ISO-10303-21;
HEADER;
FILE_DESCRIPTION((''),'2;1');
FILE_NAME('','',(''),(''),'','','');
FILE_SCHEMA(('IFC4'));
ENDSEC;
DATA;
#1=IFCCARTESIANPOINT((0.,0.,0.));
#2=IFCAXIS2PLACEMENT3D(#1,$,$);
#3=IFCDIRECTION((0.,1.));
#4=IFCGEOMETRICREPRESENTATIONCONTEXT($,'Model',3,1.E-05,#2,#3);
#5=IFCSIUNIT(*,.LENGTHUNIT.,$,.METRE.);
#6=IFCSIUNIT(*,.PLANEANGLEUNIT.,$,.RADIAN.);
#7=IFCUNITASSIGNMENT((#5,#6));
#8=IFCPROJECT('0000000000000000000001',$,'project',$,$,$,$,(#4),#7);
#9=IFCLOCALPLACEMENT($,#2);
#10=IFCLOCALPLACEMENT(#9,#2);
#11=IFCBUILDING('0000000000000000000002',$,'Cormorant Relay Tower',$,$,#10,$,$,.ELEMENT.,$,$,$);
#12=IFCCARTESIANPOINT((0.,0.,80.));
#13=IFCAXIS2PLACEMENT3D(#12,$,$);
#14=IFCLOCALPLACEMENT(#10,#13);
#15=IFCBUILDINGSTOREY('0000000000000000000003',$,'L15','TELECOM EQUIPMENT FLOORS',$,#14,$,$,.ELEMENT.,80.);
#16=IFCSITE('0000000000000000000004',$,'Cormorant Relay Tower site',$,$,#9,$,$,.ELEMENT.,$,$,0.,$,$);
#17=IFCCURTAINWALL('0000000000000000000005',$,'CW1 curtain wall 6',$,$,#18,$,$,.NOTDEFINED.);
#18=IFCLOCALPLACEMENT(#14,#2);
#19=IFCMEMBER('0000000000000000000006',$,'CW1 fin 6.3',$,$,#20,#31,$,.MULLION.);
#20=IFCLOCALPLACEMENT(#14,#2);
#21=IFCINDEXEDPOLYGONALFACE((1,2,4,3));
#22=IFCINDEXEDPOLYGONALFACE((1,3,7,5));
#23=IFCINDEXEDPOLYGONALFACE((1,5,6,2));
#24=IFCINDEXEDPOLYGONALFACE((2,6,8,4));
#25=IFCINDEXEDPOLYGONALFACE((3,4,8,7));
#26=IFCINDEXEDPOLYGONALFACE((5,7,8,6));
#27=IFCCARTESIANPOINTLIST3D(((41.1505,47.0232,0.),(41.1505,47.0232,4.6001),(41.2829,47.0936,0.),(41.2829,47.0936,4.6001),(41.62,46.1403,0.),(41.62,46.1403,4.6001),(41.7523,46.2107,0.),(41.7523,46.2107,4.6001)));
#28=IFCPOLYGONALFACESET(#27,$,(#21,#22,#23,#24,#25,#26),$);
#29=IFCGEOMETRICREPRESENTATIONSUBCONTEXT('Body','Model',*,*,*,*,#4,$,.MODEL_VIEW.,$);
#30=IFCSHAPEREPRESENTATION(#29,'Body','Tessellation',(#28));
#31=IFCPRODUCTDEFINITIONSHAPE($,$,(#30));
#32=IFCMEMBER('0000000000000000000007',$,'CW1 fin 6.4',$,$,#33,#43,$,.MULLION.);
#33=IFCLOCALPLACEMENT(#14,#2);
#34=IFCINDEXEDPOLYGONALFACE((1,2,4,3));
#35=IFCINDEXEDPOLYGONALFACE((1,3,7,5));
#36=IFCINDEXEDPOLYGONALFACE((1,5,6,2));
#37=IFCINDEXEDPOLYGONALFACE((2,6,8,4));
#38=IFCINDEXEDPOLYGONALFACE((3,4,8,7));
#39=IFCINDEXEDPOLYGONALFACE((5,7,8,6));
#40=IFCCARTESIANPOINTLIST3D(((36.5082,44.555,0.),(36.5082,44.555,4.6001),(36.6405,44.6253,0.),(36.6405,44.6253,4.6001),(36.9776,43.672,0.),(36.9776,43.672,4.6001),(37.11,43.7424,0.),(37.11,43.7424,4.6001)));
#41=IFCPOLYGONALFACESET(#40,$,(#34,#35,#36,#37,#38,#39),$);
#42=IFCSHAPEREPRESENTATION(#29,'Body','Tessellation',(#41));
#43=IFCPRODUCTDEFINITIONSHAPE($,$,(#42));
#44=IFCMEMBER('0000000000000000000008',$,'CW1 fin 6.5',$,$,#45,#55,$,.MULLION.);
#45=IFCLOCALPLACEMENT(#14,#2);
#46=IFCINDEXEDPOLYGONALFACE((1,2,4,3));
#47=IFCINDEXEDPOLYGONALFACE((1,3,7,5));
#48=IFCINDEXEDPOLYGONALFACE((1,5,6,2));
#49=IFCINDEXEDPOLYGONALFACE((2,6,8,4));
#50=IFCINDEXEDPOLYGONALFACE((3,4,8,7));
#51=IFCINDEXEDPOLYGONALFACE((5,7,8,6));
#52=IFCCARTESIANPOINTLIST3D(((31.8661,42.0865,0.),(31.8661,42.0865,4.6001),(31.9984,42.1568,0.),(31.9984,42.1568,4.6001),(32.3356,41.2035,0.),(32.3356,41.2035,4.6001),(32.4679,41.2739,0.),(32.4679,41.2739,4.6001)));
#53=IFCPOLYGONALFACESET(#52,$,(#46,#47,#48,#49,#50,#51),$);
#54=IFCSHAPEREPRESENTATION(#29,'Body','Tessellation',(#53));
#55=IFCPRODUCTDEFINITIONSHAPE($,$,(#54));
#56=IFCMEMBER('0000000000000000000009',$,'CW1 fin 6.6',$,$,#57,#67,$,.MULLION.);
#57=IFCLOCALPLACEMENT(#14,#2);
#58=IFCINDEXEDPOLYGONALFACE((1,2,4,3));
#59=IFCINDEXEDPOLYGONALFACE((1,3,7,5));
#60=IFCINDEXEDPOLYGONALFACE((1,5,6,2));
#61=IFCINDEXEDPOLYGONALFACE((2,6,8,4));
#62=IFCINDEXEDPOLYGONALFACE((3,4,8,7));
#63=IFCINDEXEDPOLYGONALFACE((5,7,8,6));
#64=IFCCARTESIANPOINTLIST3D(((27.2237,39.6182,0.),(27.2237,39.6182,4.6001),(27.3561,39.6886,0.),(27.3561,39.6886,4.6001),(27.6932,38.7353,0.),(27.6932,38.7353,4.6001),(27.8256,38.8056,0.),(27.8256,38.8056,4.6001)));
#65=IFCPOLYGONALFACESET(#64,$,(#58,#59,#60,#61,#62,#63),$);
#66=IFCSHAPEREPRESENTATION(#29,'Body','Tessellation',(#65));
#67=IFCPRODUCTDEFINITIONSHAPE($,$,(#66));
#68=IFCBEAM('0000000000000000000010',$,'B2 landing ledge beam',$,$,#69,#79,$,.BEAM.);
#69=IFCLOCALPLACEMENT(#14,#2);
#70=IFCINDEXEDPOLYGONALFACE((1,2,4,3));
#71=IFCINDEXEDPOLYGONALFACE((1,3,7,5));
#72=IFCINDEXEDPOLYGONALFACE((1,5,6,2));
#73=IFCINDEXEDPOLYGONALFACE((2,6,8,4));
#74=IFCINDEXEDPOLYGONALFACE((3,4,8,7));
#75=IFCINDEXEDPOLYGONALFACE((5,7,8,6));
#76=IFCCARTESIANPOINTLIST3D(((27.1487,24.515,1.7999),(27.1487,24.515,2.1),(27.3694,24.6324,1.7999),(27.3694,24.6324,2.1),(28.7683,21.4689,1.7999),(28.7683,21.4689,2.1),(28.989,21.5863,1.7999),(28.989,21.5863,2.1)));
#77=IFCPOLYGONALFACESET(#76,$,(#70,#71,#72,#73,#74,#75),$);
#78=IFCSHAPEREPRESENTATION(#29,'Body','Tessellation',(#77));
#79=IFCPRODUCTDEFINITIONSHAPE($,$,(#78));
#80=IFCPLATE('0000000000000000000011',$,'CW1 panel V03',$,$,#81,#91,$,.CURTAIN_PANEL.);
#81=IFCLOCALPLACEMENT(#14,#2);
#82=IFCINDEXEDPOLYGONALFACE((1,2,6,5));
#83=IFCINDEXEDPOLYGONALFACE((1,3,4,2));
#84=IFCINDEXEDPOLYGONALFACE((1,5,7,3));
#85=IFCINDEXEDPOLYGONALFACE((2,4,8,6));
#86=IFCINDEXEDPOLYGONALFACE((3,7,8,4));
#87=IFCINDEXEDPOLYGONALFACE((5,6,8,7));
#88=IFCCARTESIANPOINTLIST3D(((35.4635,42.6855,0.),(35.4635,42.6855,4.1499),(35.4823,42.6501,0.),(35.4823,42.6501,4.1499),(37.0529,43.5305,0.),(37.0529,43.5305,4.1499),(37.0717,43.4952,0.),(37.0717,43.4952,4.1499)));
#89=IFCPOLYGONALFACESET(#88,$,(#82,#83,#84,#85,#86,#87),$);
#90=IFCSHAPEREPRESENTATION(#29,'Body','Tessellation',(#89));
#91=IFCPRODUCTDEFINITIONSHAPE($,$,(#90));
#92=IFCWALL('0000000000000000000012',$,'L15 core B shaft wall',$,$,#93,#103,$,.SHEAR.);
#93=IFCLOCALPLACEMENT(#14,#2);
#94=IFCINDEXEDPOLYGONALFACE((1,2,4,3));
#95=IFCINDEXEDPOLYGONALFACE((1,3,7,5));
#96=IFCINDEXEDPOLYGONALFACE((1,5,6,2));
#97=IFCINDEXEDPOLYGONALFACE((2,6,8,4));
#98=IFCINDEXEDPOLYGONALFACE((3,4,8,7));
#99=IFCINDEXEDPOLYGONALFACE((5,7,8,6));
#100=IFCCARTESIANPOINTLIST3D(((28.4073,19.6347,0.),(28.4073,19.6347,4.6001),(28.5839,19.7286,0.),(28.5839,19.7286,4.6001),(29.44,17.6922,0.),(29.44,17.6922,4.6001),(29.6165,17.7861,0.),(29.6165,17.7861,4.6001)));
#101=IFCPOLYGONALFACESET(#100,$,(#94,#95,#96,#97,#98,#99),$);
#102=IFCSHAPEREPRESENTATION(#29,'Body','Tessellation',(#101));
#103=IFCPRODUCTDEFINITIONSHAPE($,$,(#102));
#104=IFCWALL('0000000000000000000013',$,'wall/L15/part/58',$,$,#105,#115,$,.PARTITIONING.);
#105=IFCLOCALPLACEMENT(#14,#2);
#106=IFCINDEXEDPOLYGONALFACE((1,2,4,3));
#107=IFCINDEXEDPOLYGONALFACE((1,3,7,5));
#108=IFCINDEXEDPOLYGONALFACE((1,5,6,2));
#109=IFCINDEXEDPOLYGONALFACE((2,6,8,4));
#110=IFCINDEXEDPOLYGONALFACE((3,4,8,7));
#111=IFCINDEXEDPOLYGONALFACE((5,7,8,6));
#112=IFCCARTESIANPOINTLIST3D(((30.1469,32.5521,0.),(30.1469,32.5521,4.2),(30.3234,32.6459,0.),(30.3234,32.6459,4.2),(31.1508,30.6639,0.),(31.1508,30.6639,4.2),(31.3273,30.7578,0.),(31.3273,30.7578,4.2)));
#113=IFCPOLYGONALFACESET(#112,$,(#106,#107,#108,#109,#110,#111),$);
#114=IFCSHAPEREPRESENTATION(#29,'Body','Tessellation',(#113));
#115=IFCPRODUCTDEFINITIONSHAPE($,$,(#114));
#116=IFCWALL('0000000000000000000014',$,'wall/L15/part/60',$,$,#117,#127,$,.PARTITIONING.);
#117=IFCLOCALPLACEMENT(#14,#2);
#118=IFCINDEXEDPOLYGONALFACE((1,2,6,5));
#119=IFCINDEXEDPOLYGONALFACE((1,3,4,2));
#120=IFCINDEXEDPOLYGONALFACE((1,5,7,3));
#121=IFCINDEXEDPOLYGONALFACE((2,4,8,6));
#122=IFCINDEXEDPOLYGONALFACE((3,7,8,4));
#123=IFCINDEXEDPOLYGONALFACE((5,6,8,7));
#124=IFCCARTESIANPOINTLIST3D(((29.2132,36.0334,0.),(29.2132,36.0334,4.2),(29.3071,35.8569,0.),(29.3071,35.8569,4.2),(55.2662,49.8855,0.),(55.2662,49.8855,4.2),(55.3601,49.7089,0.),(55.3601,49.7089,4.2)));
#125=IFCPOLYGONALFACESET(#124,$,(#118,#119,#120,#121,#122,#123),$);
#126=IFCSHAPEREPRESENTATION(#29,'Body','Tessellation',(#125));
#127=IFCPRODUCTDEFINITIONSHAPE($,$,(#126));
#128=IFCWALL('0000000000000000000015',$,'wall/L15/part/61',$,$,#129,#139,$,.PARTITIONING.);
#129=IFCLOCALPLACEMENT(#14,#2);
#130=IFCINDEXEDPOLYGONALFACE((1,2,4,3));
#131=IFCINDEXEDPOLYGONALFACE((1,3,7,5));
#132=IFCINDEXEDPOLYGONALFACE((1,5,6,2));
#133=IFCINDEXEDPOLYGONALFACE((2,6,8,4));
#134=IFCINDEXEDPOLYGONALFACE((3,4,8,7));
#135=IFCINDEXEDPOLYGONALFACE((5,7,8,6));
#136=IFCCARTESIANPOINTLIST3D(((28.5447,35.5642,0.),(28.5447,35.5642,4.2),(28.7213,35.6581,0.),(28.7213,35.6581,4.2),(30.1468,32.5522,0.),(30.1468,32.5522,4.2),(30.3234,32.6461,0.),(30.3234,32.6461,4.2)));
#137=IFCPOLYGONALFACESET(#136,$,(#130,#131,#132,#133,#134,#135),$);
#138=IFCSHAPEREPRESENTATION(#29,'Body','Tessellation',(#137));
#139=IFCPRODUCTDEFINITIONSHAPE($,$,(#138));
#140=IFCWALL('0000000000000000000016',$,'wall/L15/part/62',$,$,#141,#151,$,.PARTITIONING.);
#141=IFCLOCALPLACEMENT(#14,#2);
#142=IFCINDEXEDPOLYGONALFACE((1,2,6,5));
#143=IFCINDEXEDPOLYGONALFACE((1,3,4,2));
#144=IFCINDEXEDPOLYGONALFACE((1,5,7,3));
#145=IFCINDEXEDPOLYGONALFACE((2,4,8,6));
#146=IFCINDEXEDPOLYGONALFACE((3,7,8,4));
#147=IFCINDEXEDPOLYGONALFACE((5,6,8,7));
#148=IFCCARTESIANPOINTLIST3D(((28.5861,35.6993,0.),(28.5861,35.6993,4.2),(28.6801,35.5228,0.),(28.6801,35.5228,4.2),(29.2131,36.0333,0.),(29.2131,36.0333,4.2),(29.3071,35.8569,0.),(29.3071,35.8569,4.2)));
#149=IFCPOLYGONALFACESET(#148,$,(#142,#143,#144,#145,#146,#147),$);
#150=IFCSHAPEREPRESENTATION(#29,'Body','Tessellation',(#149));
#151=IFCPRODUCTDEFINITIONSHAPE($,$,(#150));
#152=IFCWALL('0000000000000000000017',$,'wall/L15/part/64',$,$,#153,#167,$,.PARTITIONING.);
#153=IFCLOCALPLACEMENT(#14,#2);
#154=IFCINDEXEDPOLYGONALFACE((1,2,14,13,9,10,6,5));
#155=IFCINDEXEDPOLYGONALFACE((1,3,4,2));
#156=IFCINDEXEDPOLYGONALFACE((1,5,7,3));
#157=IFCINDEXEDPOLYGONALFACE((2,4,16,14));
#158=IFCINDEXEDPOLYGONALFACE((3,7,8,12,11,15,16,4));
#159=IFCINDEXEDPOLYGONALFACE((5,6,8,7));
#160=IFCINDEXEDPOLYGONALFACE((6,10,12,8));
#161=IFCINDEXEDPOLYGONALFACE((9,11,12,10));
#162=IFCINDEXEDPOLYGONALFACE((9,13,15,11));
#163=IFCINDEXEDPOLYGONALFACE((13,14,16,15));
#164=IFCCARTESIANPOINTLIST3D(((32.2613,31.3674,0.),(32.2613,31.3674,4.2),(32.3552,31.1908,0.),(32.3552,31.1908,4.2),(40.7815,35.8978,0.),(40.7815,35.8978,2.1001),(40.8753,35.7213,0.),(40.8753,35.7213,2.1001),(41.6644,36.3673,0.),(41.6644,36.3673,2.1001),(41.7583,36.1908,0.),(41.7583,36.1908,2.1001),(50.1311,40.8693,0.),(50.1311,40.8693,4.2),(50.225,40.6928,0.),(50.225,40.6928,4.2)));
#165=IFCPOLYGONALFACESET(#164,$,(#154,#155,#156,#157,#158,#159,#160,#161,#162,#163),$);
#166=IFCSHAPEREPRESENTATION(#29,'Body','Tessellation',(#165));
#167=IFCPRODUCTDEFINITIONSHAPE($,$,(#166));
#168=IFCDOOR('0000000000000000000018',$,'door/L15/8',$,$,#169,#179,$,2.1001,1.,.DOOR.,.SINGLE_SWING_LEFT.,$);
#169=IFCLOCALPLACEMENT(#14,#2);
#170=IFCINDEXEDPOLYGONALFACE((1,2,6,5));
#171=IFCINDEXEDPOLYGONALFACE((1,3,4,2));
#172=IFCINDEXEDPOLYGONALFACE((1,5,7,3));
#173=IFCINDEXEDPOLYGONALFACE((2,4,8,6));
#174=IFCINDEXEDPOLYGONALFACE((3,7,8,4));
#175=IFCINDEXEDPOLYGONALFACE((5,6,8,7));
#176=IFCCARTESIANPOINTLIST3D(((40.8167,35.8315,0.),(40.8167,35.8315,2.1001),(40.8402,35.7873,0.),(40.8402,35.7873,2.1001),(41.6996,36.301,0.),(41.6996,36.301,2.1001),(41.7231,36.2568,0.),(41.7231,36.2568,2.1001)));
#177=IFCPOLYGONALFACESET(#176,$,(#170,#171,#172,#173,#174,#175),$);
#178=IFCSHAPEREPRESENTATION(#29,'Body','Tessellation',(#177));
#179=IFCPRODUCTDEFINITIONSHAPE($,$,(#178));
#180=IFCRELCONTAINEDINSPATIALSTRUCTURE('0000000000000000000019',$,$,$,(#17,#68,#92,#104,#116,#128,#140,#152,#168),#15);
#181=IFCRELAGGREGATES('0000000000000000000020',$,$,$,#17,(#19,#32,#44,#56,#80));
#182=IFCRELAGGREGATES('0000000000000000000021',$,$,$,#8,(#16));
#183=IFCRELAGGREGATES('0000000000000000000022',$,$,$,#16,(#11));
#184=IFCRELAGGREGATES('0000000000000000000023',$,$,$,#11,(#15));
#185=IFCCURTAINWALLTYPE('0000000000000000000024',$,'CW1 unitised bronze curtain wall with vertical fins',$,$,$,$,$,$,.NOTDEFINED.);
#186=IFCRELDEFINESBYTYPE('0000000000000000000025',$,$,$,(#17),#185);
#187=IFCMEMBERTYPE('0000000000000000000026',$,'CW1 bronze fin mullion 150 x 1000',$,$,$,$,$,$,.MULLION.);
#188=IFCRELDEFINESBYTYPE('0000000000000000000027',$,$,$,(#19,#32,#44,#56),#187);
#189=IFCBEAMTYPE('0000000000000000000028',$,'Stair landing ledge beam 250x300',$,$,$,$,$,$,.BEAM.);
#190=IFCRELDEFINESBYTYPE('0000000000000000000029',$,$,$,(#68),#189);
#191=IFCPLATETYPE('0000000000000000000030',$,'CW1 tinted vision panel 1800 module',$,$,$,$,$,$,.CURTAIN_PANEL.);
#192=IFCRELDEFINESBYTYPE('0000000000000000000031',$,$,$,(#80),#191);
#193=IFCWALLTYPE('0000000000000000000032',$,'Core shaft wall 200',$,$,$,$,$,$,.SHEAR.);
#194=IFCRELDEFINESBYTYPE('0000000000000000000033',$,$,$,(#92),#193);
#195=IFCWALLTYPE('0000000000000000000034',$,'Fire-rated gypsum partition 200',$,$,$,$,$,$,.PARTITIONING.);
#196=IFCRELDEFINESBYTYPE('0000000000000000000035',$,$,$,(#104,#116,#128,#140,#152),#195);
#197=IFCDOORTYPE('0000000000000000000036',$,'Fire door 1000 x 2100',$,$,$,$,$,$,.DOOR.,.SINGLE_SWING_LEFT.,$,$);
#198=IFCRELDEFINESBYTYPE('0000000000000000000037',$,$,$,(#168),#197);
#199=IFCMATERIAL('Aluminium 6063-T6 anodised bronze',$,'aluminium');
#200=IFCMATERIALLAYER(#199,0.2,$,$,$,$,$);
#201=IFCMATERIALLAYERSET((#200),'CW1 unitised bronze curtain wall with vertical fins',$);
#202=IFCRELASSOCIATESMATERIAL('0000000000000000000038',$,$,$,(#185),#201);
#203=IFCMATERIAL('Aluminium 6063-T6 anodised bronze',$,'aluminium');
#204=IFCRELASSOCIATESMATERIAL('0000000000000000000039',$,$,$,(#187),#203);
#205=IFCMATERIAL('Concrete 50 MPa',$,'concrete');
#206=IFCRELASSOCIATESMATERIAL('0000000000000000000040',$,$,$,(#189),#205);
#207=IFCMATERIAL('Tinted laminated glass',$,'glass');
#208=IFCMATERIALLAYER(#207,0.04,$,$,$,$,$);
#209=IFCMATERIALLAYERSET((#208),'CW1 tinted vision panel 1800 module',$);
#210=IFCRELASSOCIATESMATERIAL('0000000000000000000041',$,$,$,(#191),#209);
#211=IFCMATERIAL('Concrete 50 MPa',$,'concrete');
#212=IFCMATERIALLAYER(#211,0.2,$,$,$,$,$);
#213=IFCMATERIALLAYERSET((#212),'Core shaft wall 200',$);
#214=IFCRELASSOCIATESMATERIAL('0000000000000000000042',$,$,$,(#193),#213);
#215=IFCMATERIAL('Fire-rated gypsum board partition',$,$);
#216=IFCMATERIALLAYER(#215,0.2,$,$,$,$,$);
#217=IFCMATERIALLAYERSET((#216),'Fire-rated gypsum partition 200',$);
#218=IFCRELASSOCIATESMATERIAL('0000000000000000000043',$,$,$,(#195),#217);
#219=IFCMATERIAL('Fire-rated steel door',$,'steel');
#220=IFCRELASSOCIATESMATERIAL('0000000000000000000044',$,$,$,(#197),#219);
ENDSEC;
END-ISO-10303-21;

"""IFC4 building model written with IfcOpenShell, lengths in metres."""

from ifc_helpers import new_model, si_unit, direction, frame, frame_2d, origin, origin_2d, place, context, subcontext, project, spatial, rectangle, extrude, material, layer, layer_set, material_profile, profile_set, type_object, element, fill, aggregate, save


model = new_model("IFC4")

# Units and contexts
model_context = context("Model", 3, precision=1e-05, world=origin(), true_north=direction((0.0, 1.0)))
body_context = subcontext(model_context, "Body", "Model", "MODEL_VIEW")
ifc_project = project(units=[si_unit("LENGTHUNIT", "METRE"), si_unit("PLANEANGLEUNIT", "RADIAN")], contexts=[model_context])

# Site, building, storey
site_placement = place(None, origin())
site = spatial("IfcSite", under=ifc_project, at=site_placement, Name="Cormorant Relay Tower site", CompositionType="ELEMENT", RefElevation=0.0)
building_placement = place(site_placement, origin())
building = spatial("IfcBuilding", under=site, at=building_placement, Name="Cormorant Relay Tower", CompositionType="ELEMENT")
storey_placement = place(building_placement, frame((0.0, 0.0, 80.0)))
storey = spatial("IfcBuildingStorey", under=building, at=storey_placement, Name="L15", Description="TELECOM EQUIPMENT FLOORS", CompositionType="ELEMENT", Elevation=80.0)

# Curtain wall, members
ifc_material_1 = material(Name="Aluminium 6063-T6 anodised bronze", Category="aluminium")
ifc_layer_1 = layer(ifc_material_1, 0.2)
ifc_layer_set_1 = layer_set([ifc_layer_1], Name="CW1 unitised bronze curtain wall with vertical fins")
curtain_wall_type = type_object("IfcCurtainWallType", Name="CW1 unitised bronze curtain wall with vertical fins", PredefinedType="NOTDEFINED", material=ifc_layer_set_1)
curtain_wall_placement = place(storey_placement, origin())
curtain_wall = element("IfcCurtainWall", 1, at=curtain_wall_placement, inside=storey, type_object=curtain_wall_type, Name="CW1 curtain wall 6", PredefinedType="NOTDEFINED")
ifc_material_2 = material(Name="Aluminium 6063-T6 anodised bronze", Category="aluminium")
ifc_material_profile_1 = material_profile(ifc_material_2, rectangle(XDim=0.1499, YDim=1.0, at=origin_2d()), Name="AL 150x1000")
ifc_profile_set_1 = profile_set([ifc_material_profile_1], Name="Aluminium 6063-T6 anodised bronze")
member_type = type_object("IfcMemberType", Name="CW1 bronze fin mullion 150 x 1000", PredefinedType="MULLION", material=ifc_profile_set_1)
member_1_placement = place(storey_placement, frame((41.4514, 46.6169, 0.0), z_axis=(0.0, 0.0, 1.0), x_axis=(-0.882948, -0.469472, 0.0)))
member_1 = element("IfcMember", 2, at=member_1_placement, type_object=member_type, Name="CW1 fin 6.3", PredefinedType="MULLION", context=body_context, shape_type="SweptSolid", body=[
    extrude(rectangle(XDim=0.1499, YDim=1.0, at=origin_2d()), origin(), (0.0, 0.0, 1.0), 4.6001),
])
member_2_placement = place(storey_placement, frame((36.8091, 44.1487, 0.0), z_axis=(0.0, 0.0, 1.0), x_axis=(-0.882948, -0.469472, 0.0)))
member_2 = element("IfcMember", 3, at=member_2_placement, type_object=member_type, Name="CW1 fin 6.4", PredefinedType="MULLION", context=body_context, shape_type="SweptSolid", body=[
    extrude(rectangle(XDim=0.1499, YDim=1.0, at=origin_2d()), origin(), (0.0, 0.0, 1.0), 4.6001),
])
member_3_placement = place(storey_placement, frame((32.167, 41.6802, 0.0), z_axis=(0.0, 0.0, 1.0), x_axis=(-0.882948, -0.469472, 0.0)))
member_3 = element("IfcMember", 4, at=member_3_placement, type_object=member_type, Name="CW1 fin 6.5", PredefinedType="MULLION", context=body_context, shape_type="SweptSolid", body=[
    extrude(rectangle(XDim=0.1499, YDim=1.0, at=origin_2d()), origin(), (0.0, 0.0, 1.0), 4.6001),
])
member_4_placement = place(storey_placement, frame((27.5247, 39.2119, 0.0), z_axis=(0.0, 0.0, 1.0), x_axis=(-0.882948, -0.469472, 0.0)))
member_4 = element("IfcMember", 5, at=member_4_placement, type_object=member_type, Name="CW1 fin 6.6", PredefinedType="MULLION", context=body_context, shape_type="SweptSolid", body=[
    extrude(rectangle(XDim=0.1499, YDim=1.0, at=origin_2d()), origin(), (0.0, 0.0, 1.0), 4.6001),
])

# Beam
ifc_material_3 = material(Name="Concrete 50 MPa", Category="concrete")
ifc_material_profile_2 = material_profile(ifc_material_3, rectangle(XDim=0.25, YDim=0.3, at=origin_2d()), Name="RC 250x300")
ifc_profile_set_2 = profile_set([ifc_material_profile_2], Name="Concrete 50 MPa")
beam_type = type_object("IfcBeamType", Name="Stair landing ledge beam 250x300", PredefinedType="BEAM", material=ifc_profile_set_2)
beam_placement = place(storey_placement, frame((28.8787, 21.5276, 1.95), z_axis=(-0.469464, 0.882952, 0.0), x_axis=(-0.882952, -0.469464, 0.0)))
element("IfcBeam", 6, at=beam_placement, inside=storey, type_object=beam_type, Name="B2 landing ledge beam", PredefinedType="BEAM", context=body_context, shape_type="SweptSolid", body=[
    extrude(rectangle(XDim=0.25, YDim=0.3, at=origin_2d()), origin(), (0.0, 0.0, 1.0), 3.45),
])

# Plate
ifc_material_4 = material(Name="Tinted laminated glass", Category="glass")
ifc_layer_2 = layer(ifc_material_4, 0.04)
ifc_layer_set_2 = layer_set([ifc_layer_2], Name="CW1 tinted vision panel 1800 module")
plate_type = type_object("IfcPlateType", Name="CW1 tinted vision panel 1800 module", PredefinedType="CURTAIN_PANEL", material=ifc_layer_set_2)
plate_placement = place(storey_placement, frame((36.2676, 43.0903, 0.0), z_axis=(0.0, 0.0, 1.0), x_axis=(-0.882948, -0.469472, 0.0)))
plate = element("IfcPlate", 7, at=plate_placement, type_object=plate_type, Name="CW1 panel V03", PredefinedType="CURTAIN_PANEL", context=body_context, shape_type="SweptSolid", body=[
    extrude(rectangle(XDim=1.8, YDim=0.04, at=origin_2d()), origin(), (0.0, 0.0, 1.0), 4.1499),
])

# Walls
ifc_material_5 = material(Name="Concrete 50 MPa", Category="concrete")
ifc_layer_3 = layer(ifc_material_5, 0.2)
ifc_layer_set_3 = layer_set([ifc_layer_3], Name="Core shaft wall 200")
wall_type_1 = type_object("IfcWallType", Name="Core shaft wall 200", PredefinedType="SHEAR", material=ifc_layer_set_3)
wall_1_placement = place(storey_placement, frame((29.5283, 17.739, 0.0), z_axis=(0.0, 0.0, 1.0), x_axis=(-0.469401, 0.882985, 0.0)))
element("IfcWall", 8, at=wall_1_placement, inside=storey, type_object=wall_type_1, Name="L15 core B shaft wall", PredefinedType="SHEAR", context=body_context, shape_type="SweptSolid", body=[
    extrude(rectangle(XDim=2.2, YDim=0.2, at=frame_2d((1.1001, 0.0))), origin(), (0.0, 0.0, 1.0), 4.6001),
])
ifc_material_6 = material(Name="Fire-rated gypsum board partition")
ifc_layer_4 = layer(ifc_material_6, 0.2)
ifc_layer_set_4 = layer_set([ifc_layer_4], Name="Fire-rated gypsum partition 200")
wall_type_2 = type_object("IfcWallType", Name="Fire-rated gypsum partition 200", PredefinedType="PARTITIONING", material=ifc_layer_set_4)
wall_2_placement = place(storey_placement, frame((30.2351, 32.5991, 0.0), z_axis=(0.0, 0.0, 1.0), x_axis=(0.46945, -0.882959, 0.0)))
element("IfcWall", 9, at=wall_2_placement, inside=storey, type_object=wall_type_2, Name="wall/L15/part/58", PredefinedType="PARTITIONING", context=body_context, shape_type="SweptSolid", body=[
    extrude(rectangle(XDim=2.1384, YDim=0.2, at=frame_2d((1.0693, 0.0))), origin(), (0.0, 0.0, 1.0), 4.2),
])
wall_3_placement = place(storey_placement, frame((29.26, 35.9451, 0.0), z_axis=(0.0, 0.0, 1.0), x_axis=(0.882956, 0.469457, 0.0)))
element("IfcWall", 10, at=wall_3_placement, inside=storey, type_object=wall_type_2, Name="wall/L15/part/60", PredefinedType="PARTITIONING", context=body_context, shape_type="SweptSolid", body=[
    extrude(rectangle(XDim=29.5066, YDim=0.2, at=frame_2d((14.7534, 0.0))), origin(), (0.0, 0.0, 1.0), 4.2),
])
wall_4_placement = place(storey_placement, frame((30.2351, 32.5991, 0.0), z_axis=(0.0, 0.0, 1.0), x_axis=(-0.4696, 0.882879, 0.0)))
element("IfcWall", 11, at=wall_4_placement, inside=storey, type_object=wall_type_2, Name="wall/L15/part/61", PredefinedType="PARTITIONING", context=body_context, shape_type="SweptSolid", body=[
    extrude(rectangle(XDim=3.4116, YDim=0.2, at=frame_2d((1.7058, 0.0))), origin(), (0.0, 0.0, 1.0), 4.2),
])
wall_5_placement = place(storey_placement, frame((28.6331, 35.6111, 0.0), z_axis=(0.0, 0.0, 1.0), x_axis=(0.882581, 0.47016, 0.0)))
element("IfcWall", 12, at=wall_5_placement, inside=storey, type_object=wall_type_2, Name="wall/L15/part/62", PredefinedType="PARTITIONING", context=body_context, shape_type="SweptSolid", body=[
    extrude(rectangle(XDim=0.7104, YDim=0.2, at=frame_2d((0.3552, 0.0))), origin(), (0.0, 0.0, 1.0), 4.2),
])

# Wall, opening, door
wall_6_placement = place(storey_placement, frame((32.3081, 31.2791, 0.0), z_axis=(0.0, 0.0, 1.0), x_axis=(0.88294, 0.469486, 0.0)))
wall_6 = element("IfcWall", 13, at=wall_6_placement, inside=storey, type_object=wall_type_2, Name="wall/L15/part/64", PredefinedType="PARTITIONING", context=body_context, shape_type="SweptSolid", body=[
    extrude(rectangle(XDim=20.239, YDim=0.2, at=frame_2d((10.1196, 0.0))), origin(), (0.0, 0.0, 1.0), 4.2),
])
opening_placement = place(wall_6_placement, frame((9.6499, 0.0, 0.0)))
opening = element("IfcOpeningElement", 14, at=opening_placement, cuts=wall_6, PredefinedType="OPENING", context=body_context, shape_type="SweptSolid", body=[
    extrude(rectangle(XDim=1.0, YDim=2.1001, at=frame_2d((0.5, 1.05))), frame((0.0, 0.1099, 0.0), z_axis=(0.0, -1.0, 0.0), x_axis=(1.0, 0.0, 0.0)), (0.0, 0.0, 1.0), 0.22),
])
ifc_material_7 = material(Name="Fire-rated steel door", Category="steel")
door_type = type_object("IfcDoorType", Name="Fire door 1000 x 2100", OperationType="SINGLE_SWING_LEFT", PredefinedType="DOOR", material=ifc_material_7)
door_placement = place(opening_placement, origin())
door = element("IfcDoor", 15, at=door_placement, inside=storey, type_object=door_type, Name="door/L15/8", OperationType="SINGLE_SWING_LEFT", OverallHeight=2.1001, OverallWidth=1.0, PredefinedType="DOOR", context=body_context, shape_type="SweptSolid", body=[
    extrude(rectangle(XDim=1.0, YDim=2.1001, at=frame_2d((0.5, 1.05))), frame((0.0, 0.0249, 0.0), z_axis=(0.0, -1.0, 0.0), x_axis=(1.0, 0.0, 0.0)), (0.0, 0.0, 1.0), 0.05),
])
fill(opening, door)

aggregate(curtain_wall, [member_1, member_2, member_3, member_4, plate])

save(model, "model.ifc")
